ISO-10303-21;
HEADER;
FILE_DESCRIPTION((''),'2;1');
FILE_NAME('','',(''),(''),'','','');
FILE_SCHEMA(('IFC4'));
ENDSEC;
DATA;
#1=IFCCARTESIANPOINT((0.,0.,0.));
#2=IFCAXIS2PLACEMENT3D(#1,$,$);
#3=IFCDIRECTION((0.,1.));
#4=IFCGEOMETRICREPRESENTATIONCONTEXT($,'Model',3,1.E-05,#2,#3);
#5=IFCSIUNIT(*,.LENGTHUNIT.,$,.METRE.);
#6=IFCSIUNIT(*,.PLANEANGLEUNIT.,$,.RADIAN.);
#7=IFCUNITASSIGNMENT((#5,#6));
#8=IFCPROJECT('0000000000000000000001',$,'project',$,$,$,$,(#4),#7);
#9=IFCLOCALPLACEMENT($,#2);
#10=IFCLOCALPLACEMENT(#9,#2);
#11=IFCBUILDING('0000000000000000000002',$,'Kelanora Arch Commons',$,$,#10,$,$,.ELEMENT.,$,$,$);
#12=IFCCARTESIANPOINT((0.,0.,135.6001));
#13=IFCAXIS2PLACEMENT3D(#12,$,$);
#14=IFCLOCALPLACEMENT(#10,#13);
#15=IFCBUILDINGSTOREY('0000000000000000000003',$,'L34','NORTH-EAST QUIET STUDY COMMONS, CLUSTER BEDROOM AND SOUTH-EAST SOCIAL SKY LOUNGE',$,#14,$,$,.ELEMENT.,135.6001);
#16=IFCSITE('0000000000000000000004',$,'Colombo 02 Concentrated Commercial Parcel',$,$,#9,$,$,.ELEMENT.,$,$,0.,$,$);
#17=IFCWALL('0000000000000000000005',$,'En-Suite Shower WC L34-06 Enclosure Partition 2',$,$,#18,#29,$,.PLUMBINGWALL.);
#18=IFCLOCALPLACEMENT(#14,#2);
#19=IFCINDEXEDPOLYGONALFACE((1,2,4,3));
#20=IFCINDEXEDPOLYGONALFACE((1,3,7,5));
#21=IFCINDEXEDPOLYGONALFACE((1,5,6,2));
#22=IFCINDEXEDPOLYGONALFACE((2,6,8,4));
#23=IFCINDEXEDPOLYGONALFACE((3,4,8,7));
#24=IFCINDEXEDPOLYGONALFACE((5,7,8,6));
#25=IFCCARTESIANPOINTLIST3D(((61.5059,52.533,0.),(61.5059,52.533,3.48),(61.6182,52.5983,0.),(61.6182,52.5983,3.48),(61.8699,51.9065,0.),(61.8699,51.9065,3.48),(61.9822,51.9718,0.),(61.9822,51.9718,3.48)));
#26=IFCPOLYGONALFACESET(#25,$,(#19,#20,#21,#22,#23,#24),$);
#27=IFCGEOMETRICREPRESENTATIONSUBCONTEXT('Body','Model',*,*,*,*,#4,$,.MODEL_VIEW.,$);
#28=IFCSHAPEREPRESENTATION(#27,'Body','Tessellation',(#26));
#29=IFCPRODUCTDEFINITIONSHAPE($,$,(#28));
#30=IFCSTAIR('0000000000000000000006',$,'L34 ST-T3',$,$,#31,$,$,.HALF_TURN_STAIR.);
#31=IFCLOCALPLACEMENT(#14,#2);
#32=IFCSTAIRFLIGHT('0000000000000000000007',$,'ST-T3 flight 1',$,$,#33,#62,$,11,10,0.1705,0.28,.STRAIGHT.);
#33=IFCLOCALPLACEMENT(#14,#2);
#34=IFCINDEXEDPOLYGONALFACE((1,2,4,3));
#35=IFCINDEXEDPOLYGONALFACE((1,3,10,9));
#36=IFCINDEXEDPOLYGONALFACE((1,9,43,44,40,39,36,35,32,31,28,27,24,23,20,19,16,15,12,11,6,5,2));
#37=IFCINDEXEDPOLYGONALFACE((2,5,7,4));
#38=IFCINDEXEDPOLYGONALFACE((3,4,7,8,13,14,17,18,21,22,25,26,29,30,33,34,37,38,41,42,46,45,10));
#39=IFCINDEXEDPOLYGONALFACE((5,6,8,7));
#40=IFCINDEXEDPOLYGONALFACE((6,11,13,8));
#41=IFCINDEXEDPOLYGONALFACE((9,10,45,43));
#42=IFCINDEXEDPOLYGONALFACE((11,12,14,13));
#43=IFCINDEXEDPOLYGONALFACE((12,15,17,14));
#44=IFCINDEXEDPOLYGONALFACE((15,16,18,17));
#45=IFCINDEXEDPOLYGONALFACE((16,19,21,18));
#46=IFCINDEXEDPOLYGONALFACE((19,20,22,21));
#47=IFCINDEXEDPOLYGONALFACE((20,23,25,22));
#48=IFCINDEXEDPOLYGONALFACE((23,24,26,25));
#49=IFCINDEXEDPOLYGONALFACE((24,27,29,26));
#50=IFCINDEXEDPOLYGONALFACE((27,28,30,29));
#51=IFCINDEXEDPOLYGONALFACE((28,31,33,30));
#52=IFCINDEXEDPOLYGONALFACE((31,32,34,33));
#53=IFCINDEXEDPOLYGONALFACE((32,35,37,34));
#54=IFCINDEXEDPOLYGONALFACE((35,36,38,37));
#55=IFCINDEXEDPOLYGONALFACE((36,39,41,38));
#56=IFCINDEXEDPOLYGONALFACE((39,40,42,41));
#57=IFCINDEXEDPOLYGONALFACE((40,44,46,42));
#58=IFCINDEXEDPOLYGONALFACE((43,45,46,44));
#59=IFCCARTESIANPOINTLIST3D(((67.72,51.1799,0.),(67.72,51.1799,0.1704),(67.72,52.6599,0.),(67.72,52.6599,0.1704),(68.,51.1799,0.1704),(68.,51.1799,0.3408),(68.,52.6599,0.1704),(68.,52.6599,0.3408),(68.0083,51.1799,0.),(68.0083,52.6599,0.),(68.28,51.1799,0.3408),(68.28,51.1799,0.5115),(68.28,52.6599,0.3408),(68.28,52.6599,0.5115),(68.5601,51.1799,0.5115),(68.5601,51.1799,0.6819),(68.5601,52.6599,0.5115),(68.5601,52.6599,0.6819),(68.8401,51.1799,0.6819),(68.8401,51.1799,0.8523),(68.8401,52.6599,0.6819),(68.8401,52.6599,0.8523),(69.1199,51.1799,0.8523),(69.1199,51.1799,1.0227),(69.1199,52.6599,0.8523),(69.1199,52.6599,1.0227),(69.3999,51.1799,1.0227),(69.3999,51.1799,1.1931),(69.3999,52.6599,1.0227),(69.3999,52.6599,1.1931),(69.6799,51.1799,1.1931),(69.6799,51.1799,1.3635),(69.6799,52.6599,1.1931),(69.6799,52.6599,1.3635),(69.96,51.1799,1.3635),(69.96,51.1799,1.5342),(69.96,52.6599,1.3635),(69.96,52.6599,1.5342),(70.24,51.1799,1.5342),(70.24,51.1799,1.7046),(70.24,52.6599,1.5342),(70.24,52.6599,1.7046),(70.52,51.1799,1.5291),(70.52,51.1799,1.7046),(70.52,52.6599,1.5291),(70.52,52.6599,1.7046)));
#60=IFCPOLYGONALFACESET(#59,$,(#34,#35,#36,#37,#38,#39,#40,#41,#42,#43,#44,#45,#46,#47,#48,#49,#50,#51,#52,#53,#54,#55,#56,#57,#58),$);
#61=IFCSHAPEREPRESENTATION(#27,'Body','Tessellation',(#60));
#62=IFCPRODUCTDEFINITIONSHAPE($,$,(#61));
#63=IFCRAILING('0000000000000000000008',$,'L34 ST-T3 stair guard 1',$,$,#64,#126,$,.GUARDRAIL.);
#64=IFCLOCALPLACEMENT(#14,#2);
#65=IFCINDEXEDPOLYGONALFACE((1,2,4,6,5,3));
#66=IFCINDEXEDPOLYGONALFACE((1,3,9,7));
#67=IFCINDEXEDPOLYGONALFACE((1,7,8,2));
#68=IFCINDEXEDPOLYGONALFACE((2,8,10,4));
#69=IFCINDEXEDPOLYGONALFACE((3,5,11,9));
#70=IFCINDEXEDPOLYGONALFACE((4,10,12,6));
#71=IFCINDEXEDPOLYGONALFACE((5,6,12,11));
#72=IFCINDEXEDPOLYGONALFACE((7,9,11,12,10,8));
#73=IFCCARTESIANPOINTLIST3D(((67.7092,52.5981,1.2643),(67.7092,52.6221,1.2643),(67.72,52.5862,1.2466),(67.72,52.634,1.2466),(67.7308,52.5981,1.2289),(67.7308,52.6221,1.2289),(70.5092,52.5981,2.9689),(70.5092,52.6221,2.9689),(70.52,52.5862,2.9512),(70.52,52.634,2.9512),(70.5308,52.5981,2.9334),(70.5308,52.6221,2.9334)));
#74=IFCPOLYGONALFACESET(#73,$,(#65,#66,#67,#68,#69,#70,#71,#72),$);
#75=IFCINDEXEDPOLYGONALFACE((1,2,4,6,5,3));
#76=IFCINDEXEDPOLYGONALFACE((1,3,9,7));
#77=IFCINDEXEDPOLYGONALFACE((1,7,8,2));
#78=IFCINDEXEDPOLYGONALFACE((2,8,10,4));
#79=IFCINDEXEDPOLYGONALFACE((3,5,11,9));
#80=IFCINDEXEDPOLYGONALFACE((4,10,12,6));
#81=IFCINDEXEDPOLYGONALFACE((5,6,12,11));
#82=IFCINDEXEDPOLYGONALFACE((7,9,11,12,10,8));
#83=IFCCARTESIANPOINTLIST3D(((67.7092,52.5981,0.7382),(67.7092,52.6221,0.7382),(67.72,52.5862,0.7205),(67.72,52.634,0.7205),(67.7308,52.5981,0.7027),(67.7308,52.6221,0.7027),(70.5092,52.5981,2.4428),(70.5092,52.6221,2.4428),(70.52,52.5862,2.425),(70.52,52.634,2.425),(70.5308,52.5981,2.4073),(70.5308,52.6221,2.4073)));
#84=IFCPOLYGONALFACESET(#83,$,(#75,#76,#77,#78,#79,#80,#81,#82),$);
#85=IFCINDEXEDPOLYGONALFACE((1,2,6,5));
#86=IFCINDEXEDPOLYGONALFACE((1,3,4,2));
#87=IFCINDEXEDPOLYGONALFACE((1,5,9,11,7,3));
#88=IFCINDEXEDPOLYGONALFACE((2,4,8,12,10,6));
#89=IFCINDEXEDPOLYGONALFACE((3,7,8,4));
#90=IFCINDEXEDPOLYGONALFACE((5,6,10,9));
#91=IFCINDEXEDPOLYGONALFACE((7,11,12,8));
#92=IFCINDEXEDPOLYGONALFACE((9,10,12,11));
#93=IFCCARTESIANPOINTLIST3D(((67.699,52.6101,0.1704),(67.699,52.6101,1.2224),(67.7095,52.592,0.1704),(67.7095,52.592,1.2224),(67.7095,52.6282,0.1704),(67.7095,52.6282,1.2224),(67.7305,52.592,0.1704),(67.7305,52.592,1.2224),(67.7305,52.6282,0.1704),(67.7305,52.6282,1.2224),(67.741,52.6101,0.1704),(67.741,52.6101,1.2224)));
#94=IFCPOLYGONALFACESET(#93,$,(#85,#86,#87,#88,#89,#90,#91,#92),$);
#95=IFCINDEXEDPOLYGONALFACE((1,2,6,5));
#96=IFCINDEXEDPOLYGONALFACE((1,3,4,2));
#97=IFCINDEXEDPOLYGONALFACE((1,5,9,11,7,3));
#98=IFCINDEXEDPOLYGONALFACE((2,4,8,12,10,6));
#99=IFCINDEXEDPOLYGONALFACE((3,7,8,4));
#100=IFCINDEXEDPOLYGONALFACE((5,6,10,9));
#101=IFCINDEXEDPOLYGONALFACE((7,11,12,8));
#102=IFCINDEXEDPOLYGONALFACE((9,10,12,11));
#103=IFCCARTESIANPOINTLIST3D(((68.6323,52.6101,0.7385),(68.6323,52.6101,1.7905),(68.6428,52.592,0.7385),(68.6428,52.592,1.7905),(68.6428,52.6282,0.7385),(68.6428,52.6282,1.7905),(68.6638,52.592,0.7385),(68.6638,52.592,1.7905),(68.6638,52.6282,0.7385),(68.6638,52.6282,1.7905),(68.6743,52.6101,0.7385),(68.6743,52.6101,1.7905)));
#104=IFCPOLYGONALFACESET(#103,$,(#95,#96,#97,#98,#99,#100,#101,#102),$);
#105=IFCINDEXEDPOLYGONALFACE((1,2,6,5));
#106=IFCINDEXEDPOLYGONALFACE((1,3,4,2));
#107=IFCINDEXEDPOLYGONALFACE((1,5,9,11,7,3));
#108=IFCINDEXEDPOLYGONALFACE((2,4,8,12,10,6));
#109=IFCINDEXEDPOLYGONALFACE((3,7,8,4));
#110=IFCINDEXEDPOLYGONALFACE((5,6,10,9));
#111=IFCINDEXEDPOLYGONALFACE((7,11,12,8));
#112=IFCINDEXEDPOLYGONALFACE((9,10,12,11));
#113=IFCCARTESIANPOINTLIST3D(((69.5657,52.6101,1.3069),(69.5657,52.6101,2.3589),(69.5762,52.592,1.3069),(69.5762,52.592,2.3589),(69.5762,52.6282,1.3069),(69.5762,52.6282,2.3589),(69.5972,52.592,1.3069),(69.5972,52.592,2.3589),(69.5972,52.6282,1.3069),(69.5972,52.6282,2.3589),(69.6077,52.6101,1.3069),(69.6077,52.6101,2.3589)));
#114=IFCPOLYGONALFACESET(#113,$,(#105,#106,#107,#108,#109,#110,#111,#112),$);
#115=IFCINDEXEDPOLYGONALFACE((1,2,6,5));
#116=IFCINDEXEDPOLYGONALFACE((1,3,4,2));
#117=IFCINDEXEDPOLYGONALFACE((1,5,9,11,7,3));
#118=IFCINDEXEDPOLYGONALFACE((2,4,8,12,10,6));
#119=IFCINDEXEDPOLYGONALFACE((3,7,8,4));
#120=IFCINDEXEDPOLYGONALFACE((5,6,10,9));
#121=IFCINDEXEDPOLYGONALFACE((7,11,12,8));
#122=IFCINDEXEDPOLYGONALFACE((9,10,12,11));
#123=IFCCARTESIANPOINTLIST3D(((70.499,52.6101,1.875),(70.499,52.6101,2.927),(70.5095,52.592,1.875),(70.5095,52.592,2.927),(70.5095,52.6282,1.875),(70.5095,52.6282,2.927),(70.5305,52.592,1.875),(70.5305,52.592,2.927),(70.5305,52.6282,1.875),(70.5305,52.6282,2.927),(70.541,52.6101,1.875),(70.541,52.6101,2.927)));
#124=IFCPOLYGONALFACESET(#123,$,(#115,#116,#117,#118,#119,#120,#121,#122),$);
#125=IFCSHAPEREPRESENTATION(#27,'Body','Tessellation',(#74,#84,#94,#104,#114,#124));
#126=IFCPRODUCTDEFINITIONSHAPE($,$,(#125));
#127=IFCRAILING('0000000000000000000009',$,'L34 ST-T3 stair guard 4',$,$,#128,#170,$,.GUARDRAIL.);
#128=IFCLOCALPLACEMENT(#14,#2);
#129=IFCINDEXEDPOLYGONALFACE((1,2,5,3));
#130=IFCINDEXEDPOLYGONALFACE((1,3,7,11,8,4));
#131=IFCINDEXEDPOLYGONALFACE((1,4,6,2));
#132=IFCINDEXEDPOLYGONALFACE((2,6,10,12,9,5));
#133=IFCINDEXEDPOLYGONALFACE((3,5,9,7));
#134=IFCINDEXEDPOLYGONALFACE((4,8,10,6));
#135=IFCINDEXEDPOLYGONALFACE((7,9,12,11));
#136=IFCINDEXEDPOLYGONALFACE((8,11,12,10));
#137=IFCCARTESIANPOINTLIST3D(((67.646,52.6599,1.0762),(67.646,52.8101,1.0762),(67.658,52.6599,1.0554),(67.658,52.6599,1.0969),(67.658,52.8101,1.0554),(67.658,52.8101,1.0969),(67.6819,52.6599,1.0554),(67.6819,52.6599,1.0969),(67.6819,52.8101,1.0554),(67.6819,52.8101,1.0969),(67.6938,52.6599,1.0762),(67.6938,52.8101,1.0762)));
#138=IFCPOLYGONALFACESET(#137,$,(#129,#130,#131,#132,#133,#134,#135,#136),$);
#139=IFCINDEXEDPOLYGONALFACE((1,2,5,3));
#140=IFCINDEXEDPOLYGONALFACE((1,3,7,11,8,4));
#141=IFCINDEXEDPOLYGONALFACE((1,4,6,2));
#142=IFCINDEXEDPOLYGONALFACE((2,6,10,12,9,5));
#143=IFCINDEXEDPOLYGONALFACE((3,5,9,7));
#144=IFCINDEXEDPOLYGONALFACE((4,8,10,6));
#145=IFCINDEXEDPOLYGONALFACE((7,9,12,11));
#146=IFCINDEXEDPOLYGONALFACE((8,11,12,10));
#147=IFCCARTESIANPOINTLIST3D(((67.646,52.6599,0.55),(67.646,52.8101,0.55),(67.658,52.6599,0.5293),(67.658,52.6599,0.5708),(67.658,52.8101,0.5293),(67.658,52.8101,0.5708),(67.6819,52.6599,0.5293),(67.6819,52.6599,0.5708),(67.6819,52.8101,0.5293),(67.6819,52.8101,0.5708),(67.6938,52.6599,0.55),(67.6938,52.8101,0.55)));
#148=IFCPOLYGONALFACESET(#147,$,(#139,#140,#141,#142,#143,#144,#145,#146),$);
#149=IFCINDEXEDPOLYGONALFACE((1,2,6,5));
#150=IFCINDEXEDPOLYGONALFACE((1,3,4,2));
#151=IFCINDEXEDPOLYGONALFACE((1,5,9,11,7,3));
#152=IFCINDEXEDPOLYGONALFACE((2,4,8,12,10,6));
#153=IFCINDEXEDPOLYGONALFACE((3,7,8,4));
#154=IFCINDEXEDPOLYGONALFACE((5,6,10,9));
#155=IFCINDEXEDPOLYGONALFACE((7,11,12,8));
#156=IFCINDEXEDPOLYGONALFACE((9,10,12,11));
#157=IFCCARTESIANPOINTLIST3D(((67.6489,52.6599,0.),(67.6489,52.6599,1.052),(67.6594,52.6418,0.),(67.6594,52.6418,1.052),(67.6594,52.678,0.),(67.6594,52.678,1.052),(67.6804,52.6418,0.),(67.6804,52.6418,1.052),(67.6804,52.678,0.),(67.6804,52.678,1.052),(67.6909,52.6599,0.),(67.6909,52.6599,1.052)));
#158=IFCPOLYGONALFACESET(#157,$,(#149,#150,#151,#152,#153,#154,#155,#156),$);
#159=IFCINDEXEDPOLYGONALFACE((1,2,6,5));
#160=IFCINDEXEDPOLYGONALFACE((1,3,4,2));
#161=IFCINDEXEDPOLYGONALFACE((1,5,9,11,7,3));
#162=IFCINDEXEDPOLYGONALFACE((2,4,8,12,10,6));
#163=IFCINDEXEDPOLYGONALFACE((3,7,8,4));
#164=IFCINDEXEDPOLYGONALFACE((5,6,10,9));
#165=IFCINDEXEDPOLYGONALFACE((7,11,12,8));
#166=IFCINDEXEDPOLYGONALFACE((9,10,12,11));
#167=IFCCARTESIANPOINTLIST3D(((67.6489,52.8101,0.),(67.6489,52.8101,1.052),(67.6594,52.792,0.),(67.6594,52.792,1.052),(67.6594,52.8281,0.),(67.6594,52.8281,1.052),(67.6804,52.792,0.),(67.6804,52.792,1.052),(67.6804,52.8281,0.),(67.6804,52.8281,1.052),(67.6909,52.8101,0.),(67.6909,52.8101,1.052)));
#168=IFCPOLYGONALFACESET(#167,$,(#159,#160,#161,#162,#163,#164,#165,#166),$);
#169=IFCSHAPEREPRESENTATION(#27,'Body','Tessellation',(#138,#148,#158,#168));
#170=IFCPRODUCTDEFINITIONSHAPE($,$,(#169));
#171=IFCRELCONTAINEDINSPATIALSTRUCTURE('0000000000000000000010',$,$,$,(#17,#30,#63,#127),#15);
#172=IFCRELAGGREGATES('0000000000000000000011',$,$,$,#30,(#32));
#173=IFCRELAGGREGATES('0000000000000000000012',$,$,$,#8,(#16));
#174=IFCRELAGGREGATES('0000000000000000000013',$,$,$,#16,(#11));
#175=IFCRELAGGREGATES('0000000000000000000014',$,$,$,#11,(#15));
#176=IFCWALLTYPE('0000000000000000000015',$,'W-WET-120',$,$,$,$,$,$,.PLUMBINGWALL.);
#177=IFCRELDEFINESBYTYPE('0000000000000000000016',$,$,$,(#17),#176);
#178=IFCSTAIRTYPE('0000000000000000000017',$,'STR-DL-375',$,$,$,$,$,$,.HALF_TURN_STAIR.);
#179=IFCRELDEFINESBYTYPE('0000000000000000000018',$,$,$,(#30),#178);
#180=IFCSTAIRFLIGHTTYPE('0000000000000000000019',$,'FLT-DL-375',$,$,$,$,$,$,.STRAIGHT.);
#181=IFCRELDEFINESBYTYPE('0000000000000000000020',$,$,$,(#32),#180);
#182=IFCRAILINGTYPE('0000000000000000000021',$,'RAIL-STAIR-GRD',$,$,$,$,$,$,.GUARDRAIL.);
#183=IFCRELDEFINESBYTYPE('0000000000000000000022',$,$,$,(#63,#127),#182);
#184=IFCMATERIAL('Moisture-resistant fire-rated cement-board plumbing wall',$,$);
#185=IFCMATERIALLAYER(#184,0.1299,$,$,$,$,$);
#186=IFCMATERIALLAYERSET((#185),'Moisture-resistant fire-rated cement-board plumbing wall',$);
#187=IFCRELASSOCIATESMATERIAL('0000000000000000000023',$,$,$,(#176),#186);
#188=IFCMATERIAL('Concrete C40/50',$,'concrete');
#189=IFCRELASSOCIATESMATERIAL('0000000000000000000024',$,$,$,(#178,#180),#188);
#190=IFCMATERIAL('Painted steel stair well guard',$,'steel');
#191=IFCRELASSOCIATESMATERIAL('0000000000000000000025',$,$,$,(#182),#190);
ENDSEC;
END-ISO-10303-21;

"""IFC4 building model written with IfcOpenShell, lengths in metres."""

from ifc_helpers import new_model, si_unit, direction, frame, frame_2d, origin, place, context, subcontext, project, spatial, polyline, rectangle, outline, extrude, material, layer, layer_set, type_object, element, aggregate, save


model = new_model("IFC4")

# Units and contexts
model_context = context("Model", 3, precision=1e-05, world=origin(), true_north=direction((0.0, 1.0)))
body_context = subcontext(model_context, "Body", "Model", "MODEL_VIEW")
ifc_project = project(units=[si_unit("LENGTHUNIT", "METRE"), si_unit("PLANEANGLEUNIT", "RADIAN")], contexts=[model_context])

# Site, building, storey
site_placement = place(None, origin())
site = spatial("IfcSite", under=ifc_project, at=site_placement, Name="Colombo 02 Concentrated Commercial Parcel", CompositionType="ELEMENT", RefElevation=0.0)
building_placement = place(site_placement, origin())
building = spatial("IfcBuilding", under=site, at=building_placement, Name="Kelanora Arch Commons", CompositionType="ELEMENT")
storey_placement = place(building_placement, frame((0.0, 0.0, 135.6001)))
storey = spatial("IfcBuildingStorey", under=building, at=storey_placement, Name="L34", Description="NORTH-EAST QUIET STUDY COMMONS, CLUSTER BEDROOM AND SOUTH-EAST SOCIAL SKY LOUNGE", CompositionType="ELEMENT", Elevation=135.6001)

# Shared definitions
ifc_material_1 = material(Name="Concrete C40/50", Category="concrete")

# Wall
ifc_material_2 = material(Name="Moisture-resistant fire-rated cement-board plumbing wall")
ifc_layer_1 = layer(ifc_material_2, 0.1299)
ifc_layer_set_1 = layer_set([ifc_layer_1], Name="Moisture-resistant fire-rated cement-board plumbing wall")
wall_type_1 = type_object("IfcWallType", Name="W-WET-120", PredefinedType="PLUMBINGWALL", material=ifc_layer_set_1)
wall_1_placement = place(storey_placement, frame((61.562, 52.5657, 0.0), z_axis=(0.0, 0.0, 1.0), x_axis=(0.502404, -0.864633, 0.0)))
element("IfcWall", 1, at=wall_1_placement, inside=storey, type_object=wall_type_1, Name="En-Suite Shower WC L34-06 Enclosure Partition 2", PredefinedType="PLUMBINGWALL", context=body_context, shape_type="SweptSolid", body=[
    extrude(rectangle(XDim=0.7246, YDim=0.1299, at=frame_2d((0.3623, 0.0))), origin(), (0.0, 0.0, 1.0), 3.48),
])

# Stair, stair flight
stair_type = type_object("IfcStairType", Name="STR-DL-375", PredefinedType="HALF_TURN_STAIR", material=ifc_material_1)
stair_placement = place(storey_placement, origin())
stair = element("IfcStair", 2, at=stair_placement, inside=storey, type_object=stair_type, Name="L34 ST-T3", PredefinedType="HALF_TURN_STAIR")
stair_flight_type = type_object("IfcStairFlightType", Name="FLT-DL-375", PredefinedType="STRAIGHT", material=ifc_material_1)
stair_flight_placement = place(storey_placement, frame((67.72, 51.9199, 0.0), z_axis=(0.0, 0.0, 1.0), x_axis=(1.0, 0.0, 0.0)))
stair_flight = element("IfcStairFlight", 3, at=stair_flight_placement, type_object=stair_flight_type, Name="ST-T3 flight 1", NumberOfRisers=11, NumberOfTreads=10, PredefinedType="STRAIGHT", RiserHeight=0.1705, TreadLength=0.28, context=body_context, shape_type="SweptSolid", body=[
    extrude(outline(polyline([(0.0, 0.0), (0.0, 0.1704), (0.28, 0.1704), (0.28, 0.3408), (0.5601, 0.3408), (0.5601, 0.5115), (0.8401, 0.5115), (0.8401, 0.6819), (1.1201, 0.6819), (1.1201, 0.8523), (1.3999, 0.8523), (1.3999, 1.0227), (1.6799, 1.0227), (1.6799, 1.1931), (1.96, 1.1931), (1.96, 1.3635), (2.24, 1.3635), (2.24, 1.5342), (2.52, 1.5342), (2.52, 1.7046), (2.8, 1.7046), (2.8, 1.875), (2.8, 1.5291), (0.2883, 0.0), (0.0, 0.0)])), frame((0.0, 0.74, 0.0), z_axis=(0.0, -1.0, 0.0), x_axis=(1.0, 0.0, 0.0)), (0.0, 0.0, 1.0), 1.48),
])
aggregate(stair, [stair_flight])

# Railings
ifc_material_3 = material(Name="Painted steel stair well guard", Category="steel")
railing_type = type_object("IfcRailingType", Name="RAIL-STAIR-GRD", PredefinedType="GUARDRAIL", material=ifc_material_3)
railing_1_placement = place(storey_placement, frame((67.72, 52.6101, 0.1704)))
element("IfcRailing", 4, at=railing_1_placement, inside=storey, type_object=railing_type, Name="L34 ST-T3 stair guard 1", PredefinedType="GUARDRAIL", context=body_context, shape_type="SweptSolid", body=[
    extrude(outline(polyline([(0.0239, 0.0), (0.012, 0.0208), (-0.012, 0.0208), (-0.0239, 0.0), (-0.012, -0.0208), (0.012, -0.0208), (0.0239, 0.0)])), frame((0.0, 0.0, 1.0762), z_axis=(0.85417, 0.0, 0.519994), x_axis=(0.0, 1.0, 0.0)), (0.0, 0.0, 1.0), 3.2781),
    extrude(outline(polyline([(0.0239, 0.0), (0.012, 0.0208), (-0.012, 0.0208), (-0.0239, 0.0), (-0.012, -0.0208), (0.012, -0.0208), (0.0239, 0.0)])), frame((0.0, 0.0, 0.55), z_axis=(0.85417, 0.0, 0.519994), x_axis=(0.0, 1.0, 0.0)), (0.0, 0.0, 1.0), 3.2781),
    extrude(outline(polyline([(0.021, 0.0), (0.0105, 0.0181), (-0.0105, 0.0181), (-0.021, 0.0), (-0.0105, -0.0181), (0.0105, -0.0181), (0.021, 0.0)])), origin(), (0.0, 0.0, 1.0), 1.052),
    extrude(outline(polyline([(0.021, 0.0), (0.0105, 0.0181), (-0.0105, 0.0181), (-0.021, 0.0), (-0.0105, -0.0181), (0.0105, -0.0181), (0.021, 0.0)])), frame((0.9333, 0.0, 0.5681)), (0.0, 0.0, 1.0), 1.052),
    extrude(outline(polyline([(0.021, 0.0), (0.0105, 0.0181), (-0.0105, 0.0181), (-0.021, 0.0), (-0.0105, -0.0181), (0.0105, -0.0181), (0.021, 0.0)])), frame((1.8667, 0.0, 1.1365)), (0.0, 0.0, 1.0), 1.052),
    extrude(outline(polyline([(0.021, 0.0), (0.0105, 0.0181), (-0.0105, 0.0181), (-0.021, 0.0), (-0.0105, -0.0181), (0.0105, -0.0181), (0.021, 0.0)])), frame((2.8, 0.0, 1.7046)), (0.0, 0.0, 1.0), 1.052),
])
railing_2_placement = place(storey_placement, frame((67.6699, 52.6599, 0.0)))
element("IfcRailing", 5, at=railing_2_placement, inside=storey, type_object=railing_type, Name="L34 ST-T3 stair guard 4", PredefinedType="GUARDRAIL", context=body_context, shape_type="SweptSolid", body=[
    extrude(outline(polyline([(0.0239, 0.0), (0.012, 0.0208), (-0.012, 0.0208), (-0.0239, 0.0), (-0.012, -0.0208), (0.012, -0.0208), (0.0239, 0.0)])), frame((0.0, 0.0, 1.0762), z_axis=(0.0, 1.0, 0.0), x_axis=(-1.0, 0.0, 0.0)), (0.0, 0.0, 1.0), 0.1501),
    extrude(outline(polyline([(0.0239, 0.0), (0.012, 0.0208), (-0.012, 0.0208), (-0.0239, 0.0), (-0.012, -0.0208), (0.012, -0.0208), (0.0239, 0.0)])), frame((0.0, 0.0, 0.55), z_axis=(0.0, 1.0, 0.0), x_axis=(-1.0, 0.0, 0.0)), (0.0, 0.0, 1.0), 0.1501),
    extrude(outline(polyline([(0.021, 0.0), (0.0105, 0.0181), (-0.0105, 0.0181), (-0.021, 0.0), (-0.0105, -0.0181), (0.0105, -0.0181), (0.021, 0.0)])), origin(), (0.0, 0.0, 1.0), 1.052),
    extrude(outline(polyline([(0.021, 0.0), (0.0105, 0.0181), (-0.0105, 0.0181), (-0.021, 0.0), (-0.0105, -0.0181), (0.0105, -0.0181), (0.021, 0.0)])), frame((0.0, 0.1501, 0.0)), (0.0, 0.0, 1.0), 1.052),
])

save(model, "model.ifc")
